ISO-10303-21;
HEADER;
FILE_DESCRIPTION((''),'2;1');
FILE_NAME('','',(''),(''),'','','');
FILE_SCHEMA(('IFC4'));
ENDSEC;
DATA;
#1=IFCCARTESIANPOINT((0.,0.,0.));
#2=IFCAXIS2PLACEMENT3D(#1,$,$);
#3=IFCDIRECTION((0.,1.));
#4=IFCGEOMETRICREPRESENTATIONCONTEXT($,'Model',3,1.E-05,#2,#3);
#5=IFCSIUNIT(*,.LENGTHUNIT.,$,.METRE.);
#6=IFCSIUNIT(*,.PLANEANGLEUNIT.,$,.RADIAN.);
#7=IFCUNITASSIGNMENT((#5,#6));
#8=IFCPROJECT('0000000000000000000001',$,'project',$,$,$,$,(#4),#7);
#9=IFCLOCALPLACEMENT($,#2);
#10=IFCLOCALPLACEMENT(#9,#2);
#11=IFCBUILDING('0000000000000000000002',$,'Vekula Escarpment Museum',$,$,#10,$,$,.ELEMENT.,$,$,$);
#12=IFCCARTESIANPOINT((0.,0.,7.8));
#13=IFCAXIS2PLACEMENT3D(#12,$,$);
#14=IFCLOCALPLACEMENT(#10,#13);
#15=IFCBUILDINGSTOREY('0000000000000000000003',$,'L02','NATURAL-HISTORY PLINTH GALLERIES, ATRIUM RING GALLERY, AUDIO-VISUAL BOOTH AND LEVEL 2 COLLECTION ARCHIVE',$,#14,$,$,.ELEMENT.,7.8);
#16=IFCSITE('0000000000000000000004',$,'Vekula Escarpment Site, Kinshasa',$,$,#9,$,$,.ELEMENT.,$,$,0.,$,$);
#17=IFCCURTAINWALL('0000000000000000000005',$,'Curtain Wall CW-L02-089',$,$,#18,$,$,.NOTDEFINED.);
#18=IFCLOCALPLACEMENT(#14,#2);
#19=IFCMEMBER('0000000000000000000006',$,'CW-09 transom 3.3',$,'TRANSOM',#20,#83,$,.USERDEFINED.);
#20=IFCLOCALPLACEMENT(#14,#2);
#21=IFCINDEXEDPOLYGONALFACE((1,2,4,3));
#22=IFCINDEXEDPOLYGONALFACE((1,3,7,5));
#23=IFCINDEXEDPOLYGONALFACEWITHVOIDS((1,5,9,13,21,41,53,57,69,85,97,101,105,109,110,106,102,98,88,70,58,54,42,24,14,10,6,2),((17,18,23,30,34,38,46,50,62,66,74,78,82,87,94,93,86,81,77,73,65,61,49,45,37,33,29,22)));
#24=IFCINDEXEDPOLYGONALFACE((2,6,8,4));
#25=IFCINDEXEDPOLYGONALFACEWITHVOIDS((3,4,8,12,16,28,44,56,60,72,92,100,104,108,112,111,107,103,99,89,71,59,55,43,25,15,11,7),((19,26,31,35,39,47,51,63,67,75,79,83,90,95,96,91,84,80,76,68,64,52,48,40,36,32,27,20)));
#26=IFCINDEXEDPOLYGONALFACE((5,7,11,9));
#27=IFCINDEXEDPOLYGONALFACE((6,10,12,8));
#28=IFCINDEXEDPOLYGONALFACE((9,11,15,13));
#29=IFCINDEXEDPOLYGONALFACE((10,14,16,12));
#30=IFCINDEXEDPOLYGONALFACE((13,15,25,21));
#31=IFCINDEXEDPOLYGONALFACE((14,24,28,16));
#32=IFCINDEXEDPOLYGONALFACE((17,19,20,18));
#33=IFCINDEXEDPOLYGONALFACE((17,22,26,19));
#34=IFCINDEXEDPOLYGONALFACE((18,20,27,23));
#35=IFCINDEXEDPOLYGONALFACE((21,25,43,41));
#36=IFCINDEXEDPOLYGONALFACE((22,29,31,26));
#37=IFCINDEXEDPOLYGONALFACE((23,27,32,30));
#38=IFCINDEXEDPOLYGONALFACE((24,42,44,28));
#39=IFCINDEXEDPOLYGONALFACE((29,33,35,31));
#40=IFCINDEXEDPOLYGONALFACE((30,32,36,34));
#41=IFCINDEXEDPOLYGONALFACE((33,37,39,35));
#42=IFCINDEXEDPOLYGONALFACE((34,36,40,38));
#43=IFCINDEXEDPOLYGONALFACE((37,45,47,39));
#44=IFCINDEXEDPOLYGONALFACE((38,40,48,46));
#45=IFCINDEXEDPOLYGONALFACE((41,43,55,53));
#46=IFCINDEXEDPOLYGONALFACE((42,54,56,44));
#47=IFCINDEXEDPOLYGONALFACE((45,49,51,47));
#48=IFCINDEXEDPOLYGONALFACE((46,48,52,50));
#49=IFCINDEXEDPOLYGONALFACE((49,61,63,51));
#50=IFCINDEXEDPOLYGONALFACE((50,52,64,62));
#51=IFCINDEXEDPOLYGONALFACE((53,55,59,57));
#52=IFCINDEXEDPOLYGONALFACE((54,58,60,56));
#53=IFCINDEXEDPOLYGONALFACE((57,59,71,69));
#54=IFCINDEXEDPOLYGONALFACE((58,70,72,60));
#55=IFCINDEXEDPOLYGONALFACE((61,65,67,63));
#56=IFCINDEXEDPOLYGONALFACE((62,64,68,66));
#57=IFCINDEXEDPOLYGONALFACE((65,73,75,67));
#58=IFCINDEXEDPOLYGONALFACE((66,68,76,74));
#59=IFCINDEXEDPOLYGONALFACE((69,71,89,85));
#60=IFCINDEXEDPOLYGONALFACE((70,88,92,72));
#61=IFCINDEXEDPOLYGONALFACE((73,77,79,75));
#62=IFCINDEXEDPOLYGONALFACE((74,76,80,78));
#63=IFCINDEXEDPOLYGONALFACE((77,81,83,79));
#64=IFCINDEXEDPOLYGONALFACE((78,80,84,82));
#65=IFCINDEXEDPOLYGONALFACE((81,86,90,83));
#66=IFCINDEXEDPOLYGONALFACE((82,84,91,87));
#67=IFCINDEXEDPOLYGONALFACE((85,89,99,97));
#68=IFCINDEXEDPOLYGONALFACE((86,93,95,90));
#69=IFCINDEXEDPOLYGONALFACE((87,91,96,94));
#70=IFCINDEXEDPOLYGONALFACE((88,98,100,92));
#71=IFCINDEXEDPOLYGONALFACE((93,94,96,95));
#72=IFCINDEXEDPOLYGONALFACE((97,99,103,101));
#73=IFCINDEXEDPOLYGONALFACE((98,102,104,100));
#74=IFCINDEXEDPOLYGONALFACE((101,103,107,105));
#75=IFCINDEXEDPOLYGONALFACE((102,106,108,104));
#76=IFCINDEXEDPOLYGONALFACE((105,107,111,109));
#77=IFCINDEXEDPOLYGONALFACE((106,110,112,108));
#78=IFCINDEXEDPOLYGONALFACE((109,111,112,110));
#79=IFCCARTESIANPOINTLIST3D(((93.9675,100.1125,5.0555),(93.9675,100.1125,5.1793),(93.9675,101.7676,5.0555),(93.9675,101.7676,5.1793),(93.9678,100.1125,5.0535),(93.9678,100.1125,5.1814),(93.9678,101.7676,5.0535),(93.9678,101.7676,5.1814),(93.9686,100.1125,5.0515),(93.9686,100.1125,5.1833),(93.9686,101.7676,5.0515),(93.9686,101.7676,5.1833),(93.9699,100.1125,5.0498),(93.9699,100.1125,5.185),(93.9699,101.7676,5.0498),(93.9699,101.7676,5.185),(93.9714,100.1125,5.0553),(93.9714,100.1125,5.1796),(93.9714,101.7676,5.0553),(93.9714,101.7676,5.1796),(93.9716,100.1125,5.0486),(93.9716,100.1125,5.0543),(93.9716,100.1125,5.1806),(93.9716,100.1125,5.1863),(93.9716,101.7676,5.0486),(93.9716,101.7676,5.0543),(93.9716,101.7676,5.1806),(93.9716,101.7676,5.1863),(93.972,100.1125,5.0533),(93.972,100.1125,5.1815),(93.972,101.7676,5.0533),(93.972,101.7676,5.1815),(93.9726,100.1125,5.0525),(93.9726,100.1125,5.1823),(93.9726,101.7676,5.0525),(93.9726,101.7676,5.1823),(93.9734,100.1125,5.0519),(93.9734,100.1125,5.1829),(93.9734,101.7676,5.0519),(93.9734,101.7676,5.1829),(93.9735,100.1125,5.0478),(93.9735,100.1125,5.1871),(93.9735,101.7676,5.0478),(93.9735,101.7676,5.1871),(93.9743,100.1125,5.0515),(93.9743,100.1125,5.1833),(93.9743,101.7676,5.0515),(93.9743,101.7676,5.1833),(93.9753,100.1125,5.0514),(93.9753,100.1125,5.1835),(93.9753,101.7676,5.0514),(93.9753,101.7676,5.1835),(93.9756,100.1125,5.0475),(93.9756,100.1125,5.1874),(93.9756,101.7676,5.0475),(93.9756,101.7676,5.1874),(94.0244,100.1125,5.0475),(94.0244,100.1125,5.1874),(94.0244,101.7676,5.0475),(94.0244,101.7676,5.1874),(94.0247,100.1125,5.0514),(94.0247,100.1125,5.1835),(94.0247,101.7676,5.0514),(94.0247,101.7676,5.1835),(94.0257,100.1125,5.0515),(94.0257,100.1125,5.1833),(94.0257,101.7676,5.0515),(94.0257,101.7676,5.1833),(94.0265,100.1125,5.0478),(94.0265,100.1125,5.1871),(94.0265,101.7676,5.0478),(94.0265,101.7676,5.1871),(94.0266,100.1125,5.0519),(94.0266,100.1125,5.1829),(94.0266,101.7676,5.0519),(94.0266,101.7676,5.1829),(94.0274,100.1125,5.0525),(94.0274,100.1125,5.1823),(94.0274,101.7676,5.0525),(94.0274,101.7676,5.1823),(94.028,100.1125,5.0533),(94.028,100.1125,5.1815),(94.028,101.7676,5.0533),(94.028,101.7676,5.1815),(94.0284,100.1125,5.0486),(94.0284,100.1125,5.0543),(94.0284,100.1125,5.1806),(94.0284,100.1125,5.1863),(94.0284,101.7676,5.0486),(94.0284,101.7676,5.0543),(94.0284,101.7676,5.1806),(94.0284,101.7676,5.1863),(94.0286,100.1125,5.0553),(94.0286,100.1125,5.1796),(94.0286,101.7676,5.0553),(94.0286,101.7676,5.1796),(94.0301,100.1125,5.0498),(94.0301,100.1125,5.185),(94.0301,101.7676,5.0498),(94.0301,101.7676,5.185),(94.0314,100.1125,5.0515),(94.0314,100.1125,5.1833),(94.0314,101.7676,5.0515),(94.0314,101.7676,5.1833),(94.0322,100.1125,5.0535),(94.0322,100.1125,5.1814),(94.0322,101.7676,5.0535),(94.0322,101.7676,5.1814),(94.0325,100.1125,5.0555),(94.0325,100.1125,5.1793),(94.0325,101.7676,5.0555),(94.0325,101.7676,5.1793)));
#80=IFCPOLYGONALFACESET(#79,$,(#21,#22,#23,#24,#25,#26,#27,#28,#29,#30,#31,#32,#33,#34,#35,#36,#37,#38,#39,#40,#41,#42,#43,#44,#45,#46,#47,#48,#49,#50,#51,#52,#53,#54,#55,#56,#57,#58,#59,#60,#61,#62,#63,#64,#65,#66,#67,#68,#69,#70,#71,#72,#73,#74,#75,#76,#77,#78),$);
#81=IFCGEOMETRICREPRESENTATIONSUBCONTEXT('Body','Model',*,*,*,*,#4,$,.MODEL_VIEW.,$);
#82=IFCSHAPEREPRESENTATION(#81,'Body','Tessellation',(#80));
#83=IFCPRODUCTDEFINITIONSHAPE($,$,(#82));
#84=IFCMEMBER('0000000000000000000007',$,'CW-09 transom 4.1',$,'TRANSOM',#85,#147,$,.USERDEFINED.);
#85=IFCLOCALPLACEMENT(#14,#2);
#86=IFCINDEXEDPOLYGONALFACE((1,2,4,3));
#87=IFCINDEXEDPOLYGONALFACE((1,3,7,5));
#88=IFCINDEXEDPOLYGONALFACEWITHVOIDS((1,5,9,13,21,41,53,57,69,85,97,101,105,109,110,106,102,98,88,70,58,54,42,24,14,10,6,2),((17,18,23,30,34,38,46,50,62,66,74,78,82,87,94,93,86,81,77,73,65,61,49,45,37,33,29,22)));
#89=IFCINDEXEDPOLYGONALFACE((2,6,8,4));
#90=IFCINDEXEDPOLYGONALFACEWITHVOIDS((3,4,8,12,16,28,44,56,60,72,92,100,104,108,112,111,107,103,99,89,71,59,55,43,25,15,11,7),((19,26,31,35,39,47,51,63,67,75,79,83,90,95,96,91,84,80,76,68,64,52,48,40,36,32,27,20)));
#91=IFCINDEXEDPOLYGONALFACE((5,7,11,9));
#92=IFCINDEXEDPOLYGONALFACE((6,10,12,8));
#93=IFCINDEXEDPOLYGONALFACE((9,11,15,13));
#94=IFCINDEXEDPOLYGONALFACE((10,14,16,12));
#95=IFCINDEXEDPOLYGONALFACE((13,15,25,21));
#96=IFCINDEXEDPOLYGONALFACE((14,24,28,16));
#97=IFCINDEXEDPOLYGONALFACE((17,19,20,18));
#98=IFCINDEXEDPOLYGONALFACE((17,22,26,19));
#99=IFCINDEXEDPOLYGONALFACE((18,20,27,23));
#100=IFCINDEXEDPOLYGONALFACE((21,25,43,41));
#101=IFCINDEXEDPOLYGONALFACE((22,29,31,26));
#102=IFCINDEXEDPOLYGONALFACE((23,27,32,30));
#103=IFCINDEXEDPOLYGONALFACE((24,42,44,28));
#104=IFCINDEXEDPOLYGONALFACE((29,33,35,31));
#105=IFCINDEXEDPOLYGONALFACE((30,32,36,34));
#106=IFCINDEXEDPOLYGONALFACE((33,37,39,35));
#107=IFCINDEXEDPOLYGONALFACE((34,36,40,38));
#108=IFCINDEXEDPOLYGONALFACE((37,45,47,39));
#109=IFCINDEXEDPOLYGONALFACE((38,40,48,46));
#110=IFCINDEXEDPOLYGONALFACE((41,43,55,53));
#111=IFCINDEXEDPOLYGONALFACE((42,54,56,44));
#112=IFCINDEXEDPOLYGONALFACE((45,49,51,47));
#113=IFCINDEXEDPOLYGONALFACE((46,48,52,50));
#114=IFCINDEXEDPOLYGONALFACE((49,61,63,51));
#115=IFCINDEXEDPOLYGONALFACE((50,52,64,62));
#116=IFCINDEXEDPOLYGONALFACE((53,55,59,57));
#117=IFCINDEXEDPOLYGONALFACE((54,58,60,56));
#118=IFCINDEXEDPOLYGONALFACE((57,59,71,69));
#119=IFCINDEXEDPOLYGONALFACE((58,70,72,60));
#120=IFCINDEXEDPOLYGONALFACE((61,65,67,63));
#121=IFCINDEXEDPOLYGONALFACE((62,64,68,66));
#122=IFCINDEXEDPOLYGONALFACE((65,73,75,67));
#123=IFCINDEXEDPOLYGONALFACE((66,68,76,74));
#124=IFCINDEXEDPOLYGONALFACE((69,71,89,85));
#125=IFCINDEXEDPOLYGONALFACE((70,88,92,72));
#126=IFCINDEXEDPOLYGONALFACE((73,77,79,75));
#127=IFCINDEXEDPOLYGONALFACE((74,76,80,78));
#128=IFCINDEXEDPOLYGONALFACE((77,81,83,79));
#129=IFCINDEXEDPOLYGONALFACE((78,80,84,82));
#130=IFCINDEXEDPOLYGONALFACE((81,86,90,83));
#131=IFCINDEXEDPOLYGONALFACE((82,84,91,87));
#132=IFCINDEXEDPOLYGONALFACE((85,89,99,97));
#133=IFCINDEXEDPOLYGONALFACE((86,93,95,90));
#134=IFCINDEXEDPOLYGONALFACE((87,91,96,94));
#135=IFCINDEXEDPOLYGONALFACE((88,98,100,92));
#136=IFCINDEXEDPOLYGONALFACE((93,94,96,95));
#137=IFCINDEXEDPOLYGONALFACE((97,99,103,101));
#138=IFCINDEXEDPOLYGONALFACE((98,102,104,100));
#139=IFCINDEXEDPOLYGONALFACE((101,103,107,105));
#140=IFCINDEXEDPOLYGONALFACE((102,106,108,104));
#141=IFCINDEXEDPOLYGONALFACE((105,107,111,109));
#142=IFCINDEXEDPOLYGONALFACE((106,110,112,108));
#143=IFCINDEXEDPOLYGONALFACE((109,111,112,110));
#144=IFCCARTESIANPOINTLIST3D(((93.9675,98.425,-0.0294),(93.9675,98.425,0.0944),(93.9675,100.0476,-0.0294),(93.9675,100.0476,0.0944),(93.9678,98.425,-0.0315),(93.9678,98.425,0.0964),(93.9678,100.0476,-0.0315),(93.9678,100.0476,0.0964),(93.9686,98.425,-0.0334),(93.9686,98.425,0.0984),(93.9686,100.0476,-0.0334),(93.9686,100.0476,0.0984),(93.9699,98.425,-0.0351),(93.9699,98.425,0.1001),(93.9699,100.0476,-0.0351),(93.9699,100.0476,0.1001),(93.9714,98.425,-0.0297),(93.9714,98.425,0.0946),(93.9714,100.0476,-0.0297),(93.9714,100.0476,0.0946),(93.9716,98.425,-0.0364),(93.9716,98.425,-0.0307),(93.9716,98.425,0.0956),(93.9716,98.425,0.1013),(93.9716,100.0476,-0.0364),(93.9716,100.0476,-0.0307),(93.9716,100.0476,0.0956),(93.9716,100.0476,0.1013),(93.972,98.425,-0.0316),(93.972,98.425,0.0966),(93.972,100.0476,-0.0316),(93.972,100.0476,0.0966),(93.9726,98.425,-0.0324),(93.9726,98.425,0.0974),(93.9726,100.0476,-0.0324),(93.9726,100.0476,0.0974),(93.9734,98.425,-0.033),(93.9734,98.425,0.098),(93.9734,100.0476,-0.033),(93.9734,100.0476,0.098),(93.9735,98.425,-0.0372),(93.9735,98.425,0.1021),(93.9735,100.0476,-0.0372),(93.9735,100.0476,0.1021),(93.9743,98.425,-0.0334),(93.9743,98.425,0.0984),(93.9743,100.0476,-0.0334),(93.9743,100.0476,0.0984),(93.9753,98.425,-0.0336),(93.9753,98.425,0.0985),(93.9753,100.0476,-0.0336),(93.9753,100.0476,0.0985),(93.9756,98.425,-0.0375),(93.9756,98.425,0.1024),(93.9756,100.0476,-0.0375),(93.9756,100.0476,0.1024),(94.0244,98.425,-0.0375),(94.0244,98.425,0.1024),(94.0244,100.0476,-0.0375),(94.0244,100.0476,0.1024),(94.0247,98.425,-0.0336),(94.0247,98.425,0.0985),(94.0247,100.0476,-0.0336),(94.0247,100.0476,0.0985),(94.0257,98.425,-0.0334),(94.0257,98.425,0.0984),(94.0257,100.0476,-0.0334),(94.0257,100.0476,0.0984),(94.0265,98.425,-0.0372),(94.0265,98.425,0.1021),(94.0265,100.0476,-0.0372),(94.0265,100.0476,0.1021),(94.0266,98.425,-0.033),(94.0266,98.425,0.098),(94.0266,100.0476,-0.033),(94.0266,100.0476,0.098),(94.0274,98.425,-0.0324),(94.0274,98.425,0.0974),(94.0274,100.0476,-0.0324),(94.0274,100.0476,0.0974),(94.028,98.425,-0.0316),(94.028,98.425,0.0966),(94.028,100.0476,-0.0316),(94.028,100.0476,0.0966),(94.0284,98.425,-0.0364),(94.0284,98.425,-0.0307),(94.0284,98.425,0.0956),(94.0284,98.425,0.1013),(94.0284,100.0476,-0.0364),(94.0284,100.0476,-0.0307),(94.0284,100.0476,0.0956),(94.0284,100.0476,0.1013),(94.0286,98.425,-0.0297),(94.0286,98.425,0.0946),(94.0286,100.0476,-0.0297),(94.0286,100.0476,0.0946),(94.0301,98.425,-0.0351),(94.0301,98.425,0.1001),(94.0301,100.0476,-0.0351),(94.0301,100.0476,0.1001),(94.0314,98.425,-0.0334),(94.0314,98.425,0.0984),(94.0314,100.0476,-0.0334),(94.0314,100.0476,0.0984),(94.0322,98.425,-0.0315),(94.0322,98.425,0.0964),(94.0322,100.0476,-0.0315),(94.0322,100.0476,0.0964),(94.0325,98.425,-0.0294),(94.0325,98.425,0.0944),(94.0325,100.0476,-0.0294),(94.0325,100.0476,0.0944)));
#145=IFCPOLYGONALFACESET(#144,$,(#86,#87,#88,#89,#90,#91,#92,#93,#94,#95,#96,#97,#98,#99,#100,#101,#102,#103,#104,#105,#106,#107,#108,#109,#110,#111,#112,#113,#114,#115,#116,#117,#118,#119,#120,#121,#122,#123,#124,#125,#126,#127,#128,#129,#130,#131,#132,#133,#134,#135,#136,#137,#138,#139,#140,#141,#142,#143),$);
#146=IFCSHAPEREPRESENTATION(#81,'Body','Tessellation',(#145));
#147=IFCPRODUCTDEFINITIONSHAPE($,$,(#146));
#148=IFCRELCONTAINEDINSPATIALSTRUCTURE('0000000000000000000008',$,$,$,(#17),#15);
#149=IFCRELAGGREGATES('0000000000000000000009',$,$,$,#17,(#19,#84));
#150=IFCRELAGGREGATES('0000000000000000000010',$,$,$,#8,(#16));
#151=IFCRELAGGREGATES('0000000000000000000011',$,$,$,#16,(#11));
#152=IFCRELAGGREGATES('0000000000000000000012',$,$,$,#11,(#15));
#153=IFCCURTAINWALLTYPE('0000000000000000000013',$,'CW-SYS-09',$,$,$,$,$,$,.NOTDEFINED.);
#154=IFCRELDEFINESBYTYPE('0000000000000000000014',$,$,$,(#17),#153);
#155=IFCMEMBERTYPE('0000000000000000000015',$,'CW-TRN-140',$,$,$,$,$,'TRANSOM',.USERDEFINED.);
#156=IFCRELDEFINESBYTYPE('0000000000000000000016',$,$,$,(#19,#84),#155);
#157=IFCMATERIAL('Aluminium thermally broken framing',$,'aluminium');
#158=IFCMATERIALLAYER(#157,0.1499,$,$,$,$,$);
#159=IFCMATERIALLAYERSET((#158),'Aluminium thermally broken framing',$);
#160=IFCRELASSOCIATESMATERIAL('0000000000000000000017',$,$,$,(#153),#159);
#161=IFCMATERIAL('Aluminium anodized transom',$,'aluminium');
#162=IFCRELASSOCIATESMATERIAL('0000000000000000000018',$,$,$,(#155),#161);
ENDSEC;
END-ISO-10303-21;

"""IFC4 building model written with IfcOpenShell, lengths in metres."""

from ifc_helpers import new_model, si_unit, direction, frame, origin, origin_2d, place, context, subcontext, project, spatial, hollow_rectangle, extrude, material, layer, layer_set, material_profile, profile_set, type_object, element, aggregate, save


model = new_model("IFC4")

# Units and contexts
model_context = context("Model", 3, precision=1e-05, world=origin(), true_north=direction((0.0, 1.0)))
body_context = subcontext(model_context, "Body", "Model", "MODEL_VIEW")
ifc_project = project(units=[si_unit("LENGTHUNIT", "METRE"), si_unit("PLANEANGLEUNIT", "RADIAN")], contexts=[model_context])

# Site, building, storey
site_placement = place(None, origin())
site = spatial("IfcSite", under=ifc_project, at=site_placement, Name="Vekula Escarpment Site, Kinshasa", CompositionType="ELEMENT", RefElevation=0.0)
building_placement = place(site_placement, origin())
building = spatial("IfcBuilding", under=site, at=building_placement, Name="Vekula Escarpment Museum", CompositionType="ELEMENT")
storey_placement = place(building_placement, frame((0.0, 0.0, 7.8)))
storey = spatial("IfcBuildingStorey", under=building, at=storey_placement, Name="L02", Description="NATURAL-HISTORY PLINTH GALLERIES, ATRIUM RING GALLERY, AUDIO-VISUAL BOOTH AND LEVEL 2 COLLECTION ARCHIVE", CompositionType="ELEMENT", Elevation=7.8)

# Curtain wall
ifc_material_1 = material(Name="Aluminium thermally broken framing", Category="aluminium")
ifc_layer_1 = layer(ifc_material_1, 0.1499)
ifc_layer_set_1 = layer_set([ifc_layer_1], Name="Aluminium thermally broken framing")
curtain_wall_type_1 = type_object("IfcCurtainWallType", Name="CW-SYS-09", PredefinedType="NOTDEFINED", material=ifc_layer_set_1)
curtain_wall_1_placement = place(storey_placement, origin())
curtain_wall_1 = element("IfcCurtainWall", 1, at=curtain_wall_1_placement, inside=storey, type_object=curtain_wall_type_1, Name="Curtain Wall CW-L02-089", PredefinedType="NOTDEFINED")

# Members
ifc_material_2 = material(Name="Aluminium anodized transom", Category="aluminium")
ifc_material_profile_1 = material_profile(ifc_material_2, hollow_rectangle(XDim=0.0649, YDim=0.1399, WallThickness=0.0039, InnerFilletRadius=0.0039, OuterFilletRadius=0.0081, at=origin_2d()), Name="ALU 140x65x4")
ifc_profile_set_1 = profile_set([ifc_material_profile_1], Name="Aluminium anodized transom")
member_type_1 = type_object("IfcMemberType", Name="CW-TRN-140", ElementType="TRANSOM", PredefinedType="USERDEFINED", material=ifc_profile_set_1)
member_1_placement = place(storey_placement, frame((94.0, 101.7676, 5.1174), z_axis=(0.0, -1.0, 0.0), x_axis=(1.0, 0.0, 0.0)))
member_1 = element("IfcMember", 2, at=member_1_placement, type_object=member_type_1, Name="CW-09 transom 3.3", ObjectType="TRANSOM", PredefinedType="USERDEFINED", context=body_context, shape_type="SweptSolid", body=[
    extrude(hollow_rectangle(XDim=0.0649, YDim=0.1399, WallThickness=0.0039, InnerFilletRadius=0.0039, OuterFilletRadius=0.0081, at=origin_2d()), origin(), (0.0, 0.0, 1.0), 1.655),
])
member_2_placement = place(storey_placement, frame((94.0, 100.0476, 0.0325), z_axis=(0.0, -1.0, 0.0), x_axis=(1.0, 0.0, 0.0)))
member_2 = element("IfcMember", 3, at=member_2_placement, type_object=member_type_1, Name="CW-09 transom 4.1", ObjectType="TRANSOM", PredefinedType="USERDEFINED", context=body_context, shape_type="SweptSolid", body=[
    extrude(hollow_rectangle(XDim=0.0649, YDim=0.1399, WallThickness=0.0039, InnerFilletRadius=0.0039, OuterFilletRadius=0.0081, at=origin_2d()), origin(), (0.0, 0.0, 1.0), 1.6226),
])

aggregate(curtain_wall_1, [member_1, member_2])

save(model, "model.ifc")
